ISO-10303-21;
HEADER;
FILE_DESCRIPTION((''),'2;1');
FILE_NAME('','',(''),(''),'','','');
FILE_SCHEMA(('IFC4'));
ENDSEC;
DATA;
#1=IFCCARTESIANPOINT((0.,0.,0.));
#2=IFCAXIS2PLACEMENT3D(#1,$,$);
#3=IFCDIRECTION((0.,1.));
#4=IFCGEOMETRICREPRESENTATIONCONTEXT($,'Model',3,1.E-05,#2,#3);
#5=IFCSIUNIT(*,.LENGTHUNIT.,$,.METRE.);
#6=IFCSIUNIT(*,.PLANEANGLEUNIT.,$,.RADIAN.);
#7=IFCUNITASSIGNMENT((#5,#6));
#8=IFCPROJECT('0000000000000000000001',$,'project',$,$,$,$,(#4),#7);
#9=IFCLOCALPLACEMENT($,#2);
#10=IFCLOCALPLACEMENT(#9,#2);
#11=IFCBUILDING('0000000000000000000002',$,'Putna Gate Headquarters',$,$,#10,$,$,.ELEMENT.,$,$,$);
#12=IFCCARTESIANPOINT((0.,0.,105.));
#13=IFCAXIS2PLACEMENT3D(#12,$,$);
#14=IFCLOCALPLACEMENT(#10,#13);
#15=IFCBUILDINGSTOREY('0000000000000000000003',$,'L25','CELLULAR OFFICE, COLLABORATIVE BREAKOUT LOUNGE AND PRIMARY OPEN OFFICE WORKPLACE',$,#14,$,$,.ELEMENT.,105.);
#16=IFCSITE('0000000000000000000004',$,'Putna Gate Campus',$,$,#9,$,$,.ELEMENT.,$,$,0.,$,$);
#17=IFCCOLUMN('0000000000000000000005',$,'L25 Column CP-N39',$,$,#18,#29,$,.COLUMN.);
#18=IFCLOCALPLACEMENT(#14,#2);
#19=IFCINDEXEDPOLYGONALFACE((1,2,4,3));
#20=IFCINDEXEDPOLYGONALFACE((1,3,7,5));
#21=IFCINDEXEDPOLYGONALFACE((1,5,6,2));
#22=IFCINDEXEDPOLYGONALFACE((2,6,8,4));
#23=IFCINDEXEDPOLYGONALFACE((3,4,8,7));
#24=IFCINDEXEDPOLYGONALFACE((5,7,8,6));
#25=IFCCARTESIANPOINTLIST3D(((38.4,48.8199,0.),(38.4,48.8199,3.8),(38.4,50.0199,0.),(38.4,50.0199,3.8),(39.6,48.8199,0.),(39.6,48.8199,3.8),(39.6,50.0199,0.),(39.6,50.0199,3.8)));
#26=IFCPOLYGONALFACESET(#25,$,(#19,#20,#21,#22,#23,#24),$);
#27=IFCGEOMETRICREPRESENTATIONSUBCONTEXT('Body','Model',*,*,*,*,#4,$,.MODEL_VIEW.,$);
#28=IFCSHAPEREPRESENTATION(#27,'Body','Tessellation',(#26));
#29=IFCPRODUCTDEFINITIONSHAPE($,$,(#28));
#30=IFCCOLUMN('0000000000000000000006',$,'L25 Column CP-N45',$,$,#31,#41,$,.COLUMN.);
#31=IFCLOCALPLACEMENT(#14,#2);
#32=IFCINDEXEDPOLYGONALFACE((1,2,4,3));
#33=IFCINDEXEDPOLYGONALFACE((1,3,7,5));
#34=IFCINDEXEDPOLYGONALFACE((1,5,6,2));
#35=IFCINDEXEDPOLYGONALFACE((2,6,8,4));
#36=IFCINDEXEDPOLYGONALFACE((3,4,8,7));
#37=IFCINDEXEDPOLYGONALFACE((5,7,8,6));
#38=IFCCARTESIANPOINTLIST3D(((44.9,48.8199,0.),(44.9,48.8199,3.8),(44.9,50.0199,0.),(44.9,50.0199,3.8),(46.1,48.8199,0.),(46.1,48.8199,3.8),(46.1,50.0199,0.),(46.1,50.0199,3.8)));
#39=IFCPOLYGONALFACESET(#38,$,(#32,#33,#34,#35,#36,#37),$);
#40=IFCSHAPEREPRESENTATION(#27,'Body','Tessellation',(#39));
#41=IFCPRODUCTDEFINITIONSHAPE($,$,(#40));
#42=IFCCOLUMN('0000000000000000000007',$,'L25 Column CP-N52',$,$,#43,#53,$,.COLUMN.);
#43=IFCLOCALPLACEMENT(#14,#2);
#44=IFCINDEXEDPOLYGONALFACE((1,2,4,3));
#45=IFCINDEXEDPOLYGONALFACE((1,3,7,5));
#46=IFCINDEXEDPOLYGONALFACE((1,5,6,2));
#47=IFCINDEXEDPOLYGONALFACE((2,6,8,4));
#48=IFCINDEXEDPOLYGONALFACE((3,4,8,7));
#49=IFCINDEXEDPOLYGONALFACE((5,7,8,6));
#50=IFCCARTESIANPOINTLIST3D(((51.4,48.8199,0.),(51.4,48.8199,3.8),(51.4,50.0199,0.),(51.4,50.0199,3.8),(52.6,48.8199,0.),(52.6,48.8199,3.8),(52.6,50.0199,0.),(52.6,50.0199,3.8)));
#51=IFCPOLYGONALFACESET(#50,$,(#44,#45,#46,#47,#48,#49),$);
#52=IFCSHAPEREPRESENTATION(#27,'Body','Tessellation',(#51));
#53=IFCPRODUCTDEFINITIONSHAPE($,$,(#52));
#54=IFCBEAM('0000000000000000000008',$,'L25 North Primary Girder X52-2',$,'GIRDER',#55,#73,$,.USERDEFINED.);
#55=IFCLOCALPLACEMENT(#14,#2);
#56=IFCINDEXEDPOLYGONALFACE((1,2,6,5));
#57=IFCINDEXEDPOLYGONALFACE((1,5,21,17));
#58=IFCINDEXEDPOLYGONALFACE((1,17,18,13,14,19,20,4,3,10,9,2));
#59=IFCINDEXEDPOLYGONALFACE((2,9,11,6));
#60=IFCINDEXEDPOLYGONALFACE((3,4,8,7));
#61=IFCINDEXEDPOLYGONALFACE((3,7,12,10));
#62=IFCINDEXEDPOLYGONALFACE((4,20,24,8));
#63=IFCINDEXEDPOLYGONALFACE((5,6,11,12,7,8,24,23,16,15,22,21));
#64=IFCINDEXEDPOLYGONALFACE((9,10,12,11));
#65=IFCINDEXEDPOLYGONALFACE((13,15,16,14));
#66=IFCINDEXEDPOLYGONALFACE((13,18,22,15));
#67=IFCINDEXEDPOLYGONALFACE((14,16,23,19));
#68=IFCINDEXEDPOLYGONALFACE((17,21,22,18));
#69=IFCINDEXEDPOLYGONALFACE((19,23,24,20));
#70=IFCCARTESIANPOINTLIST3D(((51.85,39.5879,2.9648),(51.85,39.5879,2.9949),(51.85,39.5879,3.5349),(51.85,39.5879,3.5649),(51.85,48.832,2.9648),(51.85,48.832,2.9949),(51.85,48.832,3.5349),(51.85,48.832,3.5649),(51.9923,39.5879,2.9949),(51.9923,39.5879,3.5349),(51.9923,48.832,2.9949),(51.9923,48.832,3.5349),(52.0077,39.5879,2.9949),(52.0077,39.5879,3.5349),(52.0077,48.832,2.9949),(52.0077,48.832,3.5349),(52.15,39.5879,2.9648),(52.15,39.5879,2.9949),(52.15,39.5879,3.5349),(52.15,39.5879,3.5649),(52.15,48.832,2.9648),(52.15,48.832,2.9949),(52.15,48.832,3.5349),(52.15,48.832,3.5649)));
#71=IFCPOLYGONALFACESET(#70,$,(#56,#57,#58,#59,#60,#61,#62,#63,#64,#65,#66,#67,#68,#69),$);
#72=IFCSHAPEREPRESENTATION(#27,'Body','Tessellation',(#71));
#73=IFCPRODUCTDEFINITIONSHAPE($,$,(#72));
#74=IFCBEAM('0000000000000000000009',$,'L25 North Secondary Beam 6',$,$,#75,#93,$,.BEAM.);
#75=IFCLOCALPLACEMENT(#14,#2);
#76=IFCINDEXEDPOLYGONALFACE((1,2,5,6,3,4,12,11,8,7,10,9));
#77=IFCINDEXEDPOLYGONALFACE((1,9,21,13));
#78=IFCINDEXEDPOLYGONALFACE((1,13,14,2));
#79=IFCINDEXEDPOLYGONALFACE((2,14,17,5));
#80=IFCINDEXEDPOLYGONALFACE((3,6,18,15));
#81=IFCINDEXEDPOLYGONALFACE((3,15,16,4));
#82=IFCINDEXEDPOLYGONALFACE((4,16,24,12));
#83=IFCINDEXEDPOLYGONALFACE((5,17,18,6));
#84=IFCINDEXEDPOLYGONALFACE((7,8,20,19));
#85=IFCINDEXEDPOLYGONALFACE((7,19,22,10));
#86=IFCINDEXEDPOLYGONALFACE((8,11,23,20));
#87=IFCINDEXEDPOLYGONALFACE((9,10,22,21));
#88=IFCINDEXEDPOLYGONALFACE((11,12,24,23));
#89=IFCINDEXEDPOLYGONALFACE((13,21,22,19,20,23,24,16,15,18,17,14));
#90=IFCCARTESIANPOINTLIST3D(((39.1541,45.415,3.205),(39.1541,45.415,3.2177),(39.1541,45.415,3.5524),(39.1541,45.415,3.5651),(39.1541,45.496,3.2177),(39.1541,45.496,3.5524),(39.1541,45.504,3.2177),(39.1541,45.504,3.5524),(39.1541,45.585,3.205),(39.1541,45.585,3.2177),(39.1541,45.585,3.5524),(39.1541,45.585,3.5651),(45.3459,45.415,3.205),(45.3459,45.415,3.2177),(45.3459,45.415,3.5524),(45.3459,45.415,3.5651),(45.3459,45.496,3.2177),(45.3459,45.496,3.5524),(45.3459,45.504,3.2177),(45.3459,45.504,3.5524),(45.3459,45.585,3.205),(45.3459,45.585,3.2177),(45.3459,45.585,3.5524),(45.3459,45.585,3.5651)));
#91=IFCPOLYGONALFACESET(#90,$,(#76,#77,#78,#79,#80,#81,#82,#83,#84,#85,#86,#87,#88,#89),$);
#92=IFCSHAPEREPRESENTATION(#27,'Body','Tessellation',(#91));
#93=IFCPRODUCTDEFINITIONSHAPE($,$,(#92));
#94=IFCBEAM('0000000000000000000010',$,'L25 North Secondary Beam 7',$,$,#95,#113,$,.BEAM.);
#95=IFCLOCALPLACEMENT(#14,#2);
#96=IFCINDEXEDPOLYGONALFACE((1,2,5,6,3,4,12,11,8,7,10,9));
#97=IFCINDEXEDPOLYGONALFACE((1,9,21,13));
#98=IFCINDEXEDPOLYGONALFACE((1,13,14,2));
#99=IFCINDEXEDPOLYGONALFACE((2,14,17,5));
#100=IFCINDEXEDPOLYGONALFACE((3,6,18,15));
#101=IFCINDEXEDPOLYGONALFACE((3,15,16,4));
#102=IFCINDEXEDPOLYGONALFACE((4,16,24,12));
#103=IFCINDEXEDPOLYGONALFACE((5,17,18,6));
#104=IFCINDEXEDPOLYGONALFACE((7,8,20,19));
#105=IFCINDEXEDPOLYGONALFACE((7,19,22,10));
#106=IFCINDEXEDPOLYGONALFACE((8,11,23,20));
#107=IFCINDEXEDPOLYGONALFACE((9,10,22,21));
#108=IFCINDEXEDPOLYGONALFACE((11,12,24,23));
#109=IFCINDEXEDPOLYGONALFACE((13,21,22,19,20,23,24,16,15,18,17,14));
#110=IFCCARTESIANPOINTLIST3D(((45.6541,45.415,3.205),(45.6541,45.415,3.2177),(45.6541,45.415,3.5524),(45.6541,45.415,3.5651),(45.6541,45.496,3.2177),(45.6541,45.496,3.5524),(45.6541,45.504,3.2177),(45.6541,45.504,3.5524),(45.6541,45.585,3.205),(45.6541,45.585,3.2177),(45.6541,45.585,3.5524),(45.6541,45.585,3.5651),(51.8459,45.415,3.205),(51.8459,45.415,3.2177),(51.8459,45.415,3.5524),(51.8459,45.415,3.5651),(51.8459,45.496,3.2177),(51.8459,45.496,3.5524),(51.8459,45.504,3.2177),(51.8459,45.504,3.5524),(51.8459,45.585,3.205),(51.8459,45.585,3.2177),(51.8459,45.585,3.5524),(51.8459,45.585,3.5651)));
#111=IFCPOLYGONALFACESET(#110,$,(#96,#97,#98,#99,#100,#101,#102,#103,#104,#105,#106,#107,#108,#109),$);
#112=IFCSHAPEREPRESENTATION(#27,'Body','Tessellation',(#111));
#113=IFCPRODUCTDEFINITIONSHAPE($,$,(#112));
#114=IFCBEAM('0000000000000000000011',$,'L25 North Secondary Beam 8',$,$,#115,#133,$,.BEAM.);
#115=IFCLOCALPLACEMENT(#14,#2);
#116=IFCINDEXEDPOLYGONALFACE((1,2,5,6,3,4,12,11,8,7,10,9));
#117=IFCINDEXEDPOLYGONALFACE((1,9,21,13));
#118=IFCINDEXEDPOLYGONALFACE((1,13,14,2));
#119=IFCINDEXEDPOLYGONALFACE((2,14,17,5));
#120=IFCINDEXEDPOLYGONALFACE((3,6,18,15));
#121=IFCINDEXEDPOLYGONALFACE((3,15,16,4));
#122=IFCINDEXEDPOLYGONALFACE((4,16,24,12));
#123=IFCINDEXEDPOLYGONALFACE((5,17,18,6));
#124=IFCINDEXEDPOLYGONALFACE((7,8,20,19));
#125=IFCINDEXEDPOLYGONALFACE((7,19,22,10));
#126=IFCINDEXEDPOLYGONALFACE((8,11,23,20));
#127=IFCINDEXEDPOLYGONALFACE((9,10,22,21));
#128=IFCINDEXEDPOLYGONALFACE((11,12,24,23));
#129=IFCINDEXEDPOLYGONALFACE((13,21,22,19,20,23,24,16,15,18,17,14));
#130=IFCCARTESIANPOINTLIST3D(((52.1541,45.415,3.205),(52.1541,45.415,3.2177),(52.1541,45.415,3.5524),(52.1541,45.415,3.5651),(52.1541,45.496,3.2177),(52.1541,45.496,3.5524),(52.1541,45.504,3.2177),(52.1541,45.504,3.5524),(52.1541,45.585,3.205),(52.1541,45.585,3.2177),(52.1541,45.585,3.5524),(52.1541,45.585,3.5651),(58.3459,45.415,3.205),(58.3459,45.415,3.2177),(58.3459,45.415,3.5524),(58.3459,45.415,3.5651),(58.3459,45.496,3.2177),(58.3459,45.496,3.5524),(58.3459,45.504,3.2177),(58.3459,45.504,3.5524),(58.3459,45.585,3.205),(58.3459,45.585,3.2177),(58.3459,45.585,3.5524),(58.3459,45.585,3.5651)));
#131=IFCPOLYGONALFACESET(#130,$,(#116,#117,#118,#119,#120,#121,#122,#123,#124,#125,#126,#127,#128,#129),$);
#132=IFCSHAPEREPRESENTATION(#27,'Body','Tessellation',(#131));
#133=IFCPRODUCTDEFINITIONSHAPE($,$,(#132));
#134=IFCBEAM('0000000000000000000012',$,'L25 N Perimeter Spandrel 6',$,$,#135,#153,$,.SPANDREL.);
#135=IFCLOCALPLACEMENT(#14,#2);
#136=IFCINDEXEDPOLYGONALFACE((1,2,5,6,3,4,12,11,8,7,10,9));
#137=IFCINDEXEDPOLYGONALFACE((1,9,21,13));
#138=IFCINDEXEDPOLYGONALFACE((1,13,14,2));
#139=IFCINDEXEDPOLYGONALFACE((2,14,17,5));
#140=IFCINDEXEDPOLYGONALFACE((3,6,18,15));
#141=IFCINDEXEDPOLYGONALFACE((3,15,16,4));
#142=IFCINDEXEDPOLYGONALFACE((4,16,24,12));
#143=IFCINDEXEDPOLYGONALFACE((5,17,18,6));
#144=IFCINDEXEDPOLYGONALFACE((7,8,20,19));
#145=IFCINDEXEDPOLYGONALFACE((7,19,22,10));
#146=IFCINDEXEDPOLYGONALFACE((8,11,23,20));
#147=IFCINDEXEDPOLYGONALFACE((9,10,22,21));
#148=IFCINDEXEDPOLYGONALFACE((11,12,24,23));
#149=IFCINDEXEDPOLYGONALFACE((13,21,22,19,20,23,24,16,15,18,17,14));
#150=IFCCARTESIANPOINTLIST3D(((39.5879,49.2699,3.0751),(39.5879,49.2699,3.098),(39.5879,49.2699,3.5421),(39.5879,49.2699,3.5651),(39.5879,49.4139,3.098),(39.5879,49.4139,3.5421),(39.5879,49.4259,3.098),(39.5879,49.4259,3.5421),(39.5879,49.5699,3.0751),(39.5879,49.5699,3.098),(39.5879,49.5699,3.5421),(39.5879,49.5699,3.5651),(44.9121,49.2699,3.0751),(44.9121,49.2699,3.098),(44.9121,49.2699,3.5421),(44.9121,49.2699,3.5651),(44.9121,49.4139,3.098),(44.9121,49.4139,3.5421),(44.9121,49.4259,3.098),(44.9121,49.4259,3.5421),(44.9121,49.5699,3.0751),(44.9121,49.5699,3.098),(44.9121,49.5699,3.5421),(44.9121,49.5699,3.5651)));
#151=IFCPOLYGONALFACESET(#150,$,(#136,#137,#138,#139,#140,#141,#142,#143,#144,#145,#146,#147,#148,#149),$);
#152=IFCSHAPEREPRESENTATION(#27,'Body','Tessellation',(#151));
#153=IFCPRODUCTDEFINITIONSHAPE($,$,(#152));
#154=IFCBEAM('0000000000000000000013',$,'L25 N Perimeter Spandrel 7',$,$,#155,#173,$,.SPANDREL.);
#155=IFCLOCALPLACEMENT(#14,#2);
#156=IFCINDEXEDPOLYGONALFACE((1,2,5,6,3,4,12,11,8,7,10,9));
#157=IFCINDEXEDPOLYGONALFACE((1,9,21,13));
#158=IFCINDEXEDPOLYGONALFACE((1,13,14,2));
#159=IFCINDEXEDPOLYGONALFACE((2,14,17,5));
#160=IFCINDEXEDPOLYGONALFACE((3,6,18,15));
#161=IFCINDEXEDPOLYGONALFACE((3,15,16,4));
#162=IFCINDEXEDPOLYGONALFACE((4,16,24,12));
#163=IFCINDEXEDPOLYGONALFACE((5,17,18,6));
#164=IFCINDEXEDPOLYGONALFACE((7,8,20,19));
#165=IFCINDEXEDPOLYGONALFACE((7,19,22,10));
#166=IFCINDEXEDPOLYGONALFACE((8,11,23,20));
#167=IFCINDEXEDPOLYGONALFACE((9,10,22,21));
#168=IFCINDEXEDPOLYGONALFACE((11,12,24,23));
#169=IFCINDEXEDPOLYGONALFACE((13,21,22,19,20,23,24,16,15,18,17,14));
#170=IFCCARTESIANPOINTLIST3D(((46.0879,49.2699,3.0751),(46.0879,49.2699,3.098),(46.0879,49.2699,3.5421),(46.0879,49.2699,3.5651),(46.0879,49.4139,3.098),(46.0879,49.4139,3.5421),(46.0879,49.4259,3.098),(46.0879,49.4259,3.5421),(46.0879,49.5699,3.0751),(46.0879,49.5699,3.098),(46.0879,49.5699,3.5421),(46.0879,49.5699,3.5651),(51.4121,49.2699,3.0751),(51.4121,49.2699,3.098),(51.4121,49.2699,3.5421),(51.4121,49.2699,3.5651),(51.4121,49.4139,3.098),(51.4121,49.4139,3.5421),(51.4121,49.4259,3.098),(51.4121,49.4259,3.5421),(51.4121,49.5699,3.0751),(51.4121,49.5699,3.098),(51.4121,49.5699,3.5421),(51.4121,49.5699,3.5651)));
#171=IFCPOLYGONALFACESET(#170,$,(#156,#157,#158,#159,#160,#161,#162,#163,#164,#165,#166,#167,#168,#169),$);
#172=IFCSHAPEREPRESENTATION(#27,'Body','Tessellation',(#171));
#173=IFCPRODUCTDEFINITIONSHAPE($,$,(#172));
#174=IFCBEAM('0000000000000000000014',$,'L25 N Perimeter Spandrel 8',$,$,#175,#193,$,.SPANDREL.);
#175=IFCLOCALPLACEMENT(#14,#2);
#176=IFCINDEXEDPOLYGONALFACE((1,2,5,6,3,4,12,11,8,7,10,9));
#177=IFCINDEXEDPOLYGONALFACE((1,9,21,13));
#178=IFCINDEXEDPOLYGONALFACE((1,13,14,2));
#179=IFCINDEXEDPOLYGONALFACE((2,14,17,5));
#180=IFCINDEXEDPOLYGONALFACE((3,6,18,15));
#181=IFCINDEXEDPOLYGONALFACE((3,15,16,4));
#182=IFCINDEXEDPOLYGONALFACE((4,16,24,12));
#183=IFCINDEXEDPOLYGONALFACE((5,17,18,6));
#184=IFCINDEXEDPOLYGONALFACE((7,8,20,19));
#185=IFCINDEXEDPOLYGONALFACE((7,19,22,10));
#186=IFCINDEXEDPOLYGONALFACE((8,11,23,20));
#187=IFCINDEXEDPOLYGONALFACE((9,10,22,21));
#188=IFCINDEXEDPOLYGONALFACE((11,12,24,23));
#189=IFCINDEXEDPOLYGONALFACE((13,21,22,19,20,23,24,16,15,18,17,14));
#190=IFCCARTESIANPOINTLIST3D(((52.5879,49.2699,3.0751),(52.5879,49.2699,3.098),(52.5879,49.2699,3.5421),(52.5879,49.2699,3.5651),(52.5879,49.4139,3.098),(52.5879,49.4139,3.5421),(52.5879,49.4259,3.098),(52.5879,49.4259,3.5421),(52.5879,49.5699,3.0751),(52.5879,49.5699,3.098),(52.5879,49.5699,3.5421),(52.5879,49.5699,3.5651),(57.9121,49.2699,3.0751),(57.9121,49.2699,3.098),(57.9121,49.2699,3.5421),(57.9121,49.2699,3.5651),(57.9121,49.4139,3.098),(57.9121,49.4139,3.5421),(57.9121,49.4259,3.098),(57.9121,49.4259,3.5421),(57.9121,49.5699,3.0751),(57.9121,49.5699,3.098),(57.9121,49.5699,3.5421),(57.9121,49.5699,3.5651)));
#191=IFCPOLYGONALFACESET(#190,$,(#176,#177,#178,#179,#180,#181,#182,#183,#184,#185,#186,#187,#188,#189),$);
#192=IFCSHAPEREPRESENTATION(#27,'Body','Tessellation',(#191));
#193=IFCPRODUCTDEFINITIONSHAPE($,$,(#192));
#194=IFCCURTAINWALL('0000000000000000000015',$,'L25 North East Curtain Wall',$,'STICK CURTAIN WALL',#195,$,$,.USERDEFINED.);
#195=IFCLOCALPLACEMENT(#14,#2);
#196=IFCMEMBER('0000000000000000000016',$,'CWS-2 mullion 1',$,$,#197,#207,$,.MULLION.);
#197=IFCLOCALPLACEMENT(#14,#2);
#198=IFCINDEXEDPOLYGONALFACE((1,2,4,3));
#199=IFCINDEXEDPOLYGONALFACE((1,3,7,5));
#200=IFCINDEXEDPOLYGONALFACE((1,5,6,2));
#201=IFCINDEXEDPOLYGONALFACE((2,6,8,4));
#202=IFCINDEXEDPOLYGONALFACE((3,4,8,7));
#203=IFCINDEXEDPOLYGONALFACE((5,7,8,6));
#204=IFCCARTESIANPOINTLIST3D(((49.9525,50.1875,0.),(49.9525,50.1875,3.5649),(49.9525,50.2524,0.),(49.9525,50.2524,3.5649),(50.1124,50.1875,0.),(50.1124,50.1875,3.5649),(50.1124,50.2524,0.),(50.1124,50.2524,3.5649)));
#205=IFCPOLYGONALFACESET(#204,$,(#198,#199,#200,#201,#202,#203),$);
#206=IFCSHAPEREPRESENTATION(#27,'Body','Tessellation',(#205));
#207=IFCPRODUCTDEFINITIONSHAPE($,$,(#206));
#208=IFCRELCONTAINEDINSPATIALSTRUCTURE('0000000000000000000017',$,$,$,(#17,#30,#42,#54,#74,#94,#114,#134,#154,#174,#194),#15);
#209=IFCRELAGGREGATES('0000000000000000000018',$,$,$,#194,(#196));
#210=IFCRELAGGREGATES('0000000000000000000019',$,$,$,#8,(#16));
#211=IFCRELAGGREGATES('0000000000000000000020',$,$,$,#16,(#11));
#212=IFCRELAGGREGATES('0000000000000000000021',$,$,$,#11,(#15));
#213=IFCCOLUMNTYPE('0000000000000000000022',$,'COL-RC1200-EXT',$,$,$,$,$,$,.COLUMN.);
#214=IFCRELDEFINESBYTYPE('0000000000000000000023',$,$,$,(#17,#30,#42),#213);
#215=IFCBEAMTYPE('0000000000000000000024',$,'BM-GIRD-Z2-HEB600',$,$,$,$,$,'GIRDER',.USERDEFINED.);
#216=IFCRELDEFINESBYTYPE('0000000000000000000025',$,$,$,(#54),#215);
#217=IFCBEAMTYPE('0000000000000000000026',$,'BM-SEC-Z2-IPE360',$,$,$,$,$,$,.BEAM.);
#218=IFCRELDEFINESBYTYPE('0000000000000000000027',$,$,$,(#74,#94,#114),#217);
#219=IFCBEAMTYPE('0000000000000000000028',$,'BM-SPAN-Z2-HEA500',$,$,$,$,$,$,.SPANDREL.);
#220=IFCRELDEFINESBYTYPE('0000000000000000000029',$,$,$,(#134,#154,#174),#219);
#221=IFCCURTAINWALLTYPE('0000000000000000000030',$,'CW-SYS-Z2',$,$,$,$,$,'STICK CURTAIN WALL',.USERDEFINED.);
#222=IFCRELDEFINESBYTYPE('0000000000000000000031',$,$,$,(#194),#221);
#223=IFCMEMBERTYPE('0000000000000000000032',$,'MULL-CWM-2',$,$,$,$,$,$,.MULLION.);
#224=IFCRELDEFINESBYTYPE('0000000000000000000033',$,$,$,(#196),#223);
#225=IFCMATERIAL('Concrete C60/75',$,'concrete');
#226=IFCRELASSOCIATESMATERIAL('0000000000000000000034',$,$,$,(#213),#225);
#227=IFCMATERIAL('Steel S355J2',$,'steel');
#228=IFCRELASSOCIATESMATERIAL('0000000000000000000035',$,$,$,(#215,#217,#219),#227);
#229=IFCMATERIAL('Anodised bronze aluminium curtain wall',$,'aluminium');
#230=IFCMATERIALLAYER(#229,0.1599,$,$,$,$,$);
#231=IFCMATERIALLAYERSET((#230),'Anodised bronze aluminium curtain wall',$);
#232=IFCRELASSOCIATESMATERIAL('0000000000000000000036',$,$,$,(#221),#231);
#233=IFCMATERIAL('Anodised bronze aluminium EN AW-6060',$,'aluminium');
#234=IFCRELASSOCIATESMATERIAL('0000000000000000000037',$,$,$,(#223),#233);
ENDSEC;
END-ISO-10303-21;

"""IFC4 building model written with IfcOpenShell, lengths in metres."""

from ifc_helpers import new_model, si_unit, direction, frame, origin, origin_2d, place, context, subcontext, project, spatial, rectangle, i_section, extrude, material, layer, layer_set, material_profile, profile_set, type_object, element, aggregate, save


model = new_model("IFC4")

# Units and contexts
model_context = context("Model", 3, precision=1e-05, world=origin(), true_north=direction((0.0, 1.0)))
body_context = subcontext(model_context, "Body", "Model", "MODEL_VIEW")
ifc_project = project(units=[si_unit("LENGTHUNIT", "METRE"), si_unit("PLANEANGLEUNIT", "RADIAN")], contexts=[model_context])

# Site, building, storey
site_placement = place(None, origin())
site = spatial("IfcSite", under=ifc_project, at=site_placement, Name="Putna Gate Campus", CompositionType="ELEMENT", RefElevation=0.0)
building_placement = place(site_placement, origin())
building = spatial("IfcBuilding", under=site, at=building_placement, Name="Putna Gate Headquarters", CompositionType="ELEMENT")
storey_placement = place(building_placement, frame((0.0, 0.0, 105.0)))
storey = spatial("IfcBuildingStorey", under=building, at=storey_placement, Name="L25", Description="CELLULAR OFFICE, COLLABORATIVE BREAKOUT LOUNGE AND PRIMARY OPEN OFFICE WORKPLACE", CompositionType="ELEMENT", Elevation=105.0)

# Columns
ifc_material_1 = material(Name="Concrete C60/75", Category="concrete")
ifc_material_profile_1 = material_profile(ifc_material_1, rectangle(XDim=1.2, YDim=1.2, at=origin_2d()), Name="Concrete C60/75")
ifc_profile_set_1 = profile_set([ifc_material_profile_1], Name="Concrete C60/75")
column_type = type_object("IfcColumnType", Name="COL-RC1200-EXT", PredefinedType="COLUMN", material=ifc_profile_set_1)
for number, where, z_axis, x_axis, name in (
    (1, (39.0, 49.4199, 0.0), (0.0, 0.0, 1.0), (1.0, 0.0, 0.0), "L25 Column CP-N39"),
    (2, (45.5, 49.4199, 0.0), (0.0, 0.0, 1.0), (1.0, 0.0, 0.0), "L25 Column CP-N45"),
    (3, (52.0, 49.4199, 0.0), (0.0, 0.0, 1.0), (1.0, 0.0, 0.0), "L25 Column CP-N52"),
):
    element("IfcColumn", number, at=place(storey_placement, frame(where, z_axis=z_axis, x_axis=x_axis)), inside=storey, type_object=column_type, Name=name, PredefinedType="COLUMN", context=body_context, shape_type="SweptSolid", body=[
        extrude(rectangle(XDim=1.2, YDim=1.2, at=origin_2d()), origin(), (0.0, 0.0, 1.0), 3.8),
    ])

# Beams
ifc_material_2 = material(Name="Steel S355J2", Category="steel")
ifc_material_profile_2 = material_profile(ifc_material_2, i_section(OverallWidth=0.3, OverallDepth=0.6001, WebThickness=0.0154, FlangeThickness=0.03, at=origin_2d()), Name="Steel S355J2")
ifc_profile_set_2 = profile_set([ifc_material_profile_2], Name="Steel S355J2")
beam_type_1 = type_object("IfcBeamType", Name="BM-GIRD-Z2-HEB600", ElementType="GIRDER", PredefinedType="USERDEFINED", material=ifc_profile_set_2)
beam_placement = place(storey_placement, frame((52.0, 39.5879, 3.2649), z_axis=(0.0, 1.0, 0.0), x_axis=(-1.0, 0.0, 0.0)))
element("IfcBeam", 4, at=beam_placement, inside=storey, type_object=beam_type_1, Name="L25 North Primary Girder X52-2", ObjectType="GIRDER", PredefinedType="USERDEFINED", context=body_context, shape_type="SweptSolid", body=[
    extrude(i_section(OverallWidth=0.3, OverallDepth=0.6001, WebThickness=0.0154, FlangeThickness=0.03, at=origin_2d()), origin(), (0.0, 0.0, 1.0), 9.2441),
])
ifc_material_profile_3 = material_profile(ifc_material_2, i_section(OverallWidth=0.1699, OverallDepth=0.3601, WebThickness=0.0081, FlangeThickness=0.0127, at=origin_2d()), Name="Steel S355J2")
ifc_profile_set_3 = profile_set([ifc_material_profile_3], Name="Steel S355J2")
beam_type_2 = type_object("IfcBeamType", Name="BM-SEC-Z2-IPE360", PredefinedType="BEAM", material=ifc_profile_set_3)
for number, where, z_axis, x_axis, name in (
    (5, (39.1541, 45.5, 3.385), (1.0, 0.0, 0.0), (0.0, 1.0, 0.0), "L25 North Secondary Beam 6"),
    (6, (45.6541, 45.5, 3.385), (1.0, 0.0, 0.0), (0.0, 1.0, 0.0), "L25 North Secondary Beam 7"),
    (7, (52.1541, 45.5, 3.385), (1.0, 0.0, 0.0), (0.0, 1.0, 0.0), "L25 North Secondary Beam 8"),
):
    element("IfcBeam", number, at=place(storey_placement, frame(where, z_axis=z_axis, x_axis=x_axis)), inside=storey, type_object=beam_type_2, Name=name, PredefinedType="BEAM", context=body_context, shape_type="SweptSolid", body=[
        extrude(i_section(OverallWidth=0.1699, OverallDepth=0.3601, WebThickness=0.0081, FlangeThickness=0.0127, at=origin_2d()), origin(), (0.0, 0.0, 1.0), 6.1919),
    ])
ifc_material_profile_4 = material_profile(ifc_material_2, i_section(OverallWidth=0.3, OverallDepth=0.49, WebThickness=0.012, FlangeThickness=0.0229, at=origin_2d()), Name="Steel S355J2")
ifc_profile_set_4 = profile_set([ifc_material_profile_4], Name="Steel S355J2")
beam_type_3 = type_object("IfcBeamType", Name="BM-SPAN-Z2-HEA500", PredefinedType="SPANDREL", material=ifc_profile_set_4)
for number, where, z_axis, x_axis, name in (
    (8, (39.5879, 49.4199, 3.3201), (1.0, 0.0, 0.0), (0.0, 1.0, 0.0), "L25 N Perimeter Spandrel 6"),
    (9, (46.0879, 49.4199, 3.3201), (1.0, 0.0, 0.0), (0.0, 1.0, 0.0), "L25 N Perimeter Spandrel 7"),
    (10, (52.5879, 49.4199, 3.3201), (1.0, 0.0, 0.0), (0.0, 1.0, 0.0), "L25 N Perimeter Spandrel 8"),
):
    element("IfcBeam", number, at=place(storey_placement, frame(where, z_axis=z_axis, x_axis=x_axis)), inside=storey, type_object=beam_type_3, Name=name, PredefinedType="SPANDREL", context=body_context, shape_type="SweptSolid", body=[
        extrude(i_section(OverallWidth=0.3, OverallDepth=0.49, WebThickness=0.012, FlangeThickness=0.0229, at=origin_2d()), origin(), (0.0, 0.0, 1.0), 5.3242),
    ])

# Curtain wall, member
ifc_material_3 = material(Name="Anodised bronze aluminium curtain wall", Category="aluminium")
ifc_layer_1 = layer(ifc_material_3, 0.1599)
ifc_layer_set_1 = layer_set([ifc_layer_1], Name="Anodised bronze aluminium curtain wall")
curtain_wall_type_1 = type_object("IfcCurtainWallType", Name="CW-SYS-Z2", ElementType="STICK CURTAIN WALL", PredefinedType="USERDEFINED", material=ifc_layer_set_1)
curtain_wall_1_placement = place(storey_placement, origin())
curtain_wall_1 = element("IfcCurtainWall", 11, at=curtain_wall_1_placement, inside=storey, type_object=curtain_wall_type_1, Name="L25 North East Curtain Wall", ObjectType="STICK CURTAIN WALL", PredefinedType="USERDEFINED")
ifc_material_4 = material(Name="Anodised bronze aluminium EN AW-6060", Category="aluminium")
ifc_material_profile_5 = material_profile(ifc_material_4, rectangle(XDim=0.0649, YDim=0.1599, at=origin_2d()), Name="Anodised bronze aluminium EN AW-6060")
ifc_profile_set_5 = profile_set([ifc_material_profile_5], Name="Anodised bronze aluminium EN AW-6060")
member_type_1 = type_object("IfcMemberType", Name="MULL-CWM-2", PredefinedType="MULLION", material=ifc_profile_set_5)
member_1_placement = place(storey_placement, frame((50.0325, 50.22, 0.0), z_axis=(0.0, 0.0, 1.0), x_axis=(0.0, 1.0, 0.0)))
member_1 = element("IfcMember", 12, at=member_1_placement, type_object=member_type_1, Name="CWS-2 mullion 1", PredefinedType="MULLION", context=body_context, shape_type="SweptSolid", body=[
    extrude(rectangle(XDim=0.0649, YDim=0.1599, at=origin_2d()), origin(), (0.0, 0.0, 1.0), 3.5649),
])

aggregate(curtain_wall_1, [member_1])

save(model, "model.ifc")
